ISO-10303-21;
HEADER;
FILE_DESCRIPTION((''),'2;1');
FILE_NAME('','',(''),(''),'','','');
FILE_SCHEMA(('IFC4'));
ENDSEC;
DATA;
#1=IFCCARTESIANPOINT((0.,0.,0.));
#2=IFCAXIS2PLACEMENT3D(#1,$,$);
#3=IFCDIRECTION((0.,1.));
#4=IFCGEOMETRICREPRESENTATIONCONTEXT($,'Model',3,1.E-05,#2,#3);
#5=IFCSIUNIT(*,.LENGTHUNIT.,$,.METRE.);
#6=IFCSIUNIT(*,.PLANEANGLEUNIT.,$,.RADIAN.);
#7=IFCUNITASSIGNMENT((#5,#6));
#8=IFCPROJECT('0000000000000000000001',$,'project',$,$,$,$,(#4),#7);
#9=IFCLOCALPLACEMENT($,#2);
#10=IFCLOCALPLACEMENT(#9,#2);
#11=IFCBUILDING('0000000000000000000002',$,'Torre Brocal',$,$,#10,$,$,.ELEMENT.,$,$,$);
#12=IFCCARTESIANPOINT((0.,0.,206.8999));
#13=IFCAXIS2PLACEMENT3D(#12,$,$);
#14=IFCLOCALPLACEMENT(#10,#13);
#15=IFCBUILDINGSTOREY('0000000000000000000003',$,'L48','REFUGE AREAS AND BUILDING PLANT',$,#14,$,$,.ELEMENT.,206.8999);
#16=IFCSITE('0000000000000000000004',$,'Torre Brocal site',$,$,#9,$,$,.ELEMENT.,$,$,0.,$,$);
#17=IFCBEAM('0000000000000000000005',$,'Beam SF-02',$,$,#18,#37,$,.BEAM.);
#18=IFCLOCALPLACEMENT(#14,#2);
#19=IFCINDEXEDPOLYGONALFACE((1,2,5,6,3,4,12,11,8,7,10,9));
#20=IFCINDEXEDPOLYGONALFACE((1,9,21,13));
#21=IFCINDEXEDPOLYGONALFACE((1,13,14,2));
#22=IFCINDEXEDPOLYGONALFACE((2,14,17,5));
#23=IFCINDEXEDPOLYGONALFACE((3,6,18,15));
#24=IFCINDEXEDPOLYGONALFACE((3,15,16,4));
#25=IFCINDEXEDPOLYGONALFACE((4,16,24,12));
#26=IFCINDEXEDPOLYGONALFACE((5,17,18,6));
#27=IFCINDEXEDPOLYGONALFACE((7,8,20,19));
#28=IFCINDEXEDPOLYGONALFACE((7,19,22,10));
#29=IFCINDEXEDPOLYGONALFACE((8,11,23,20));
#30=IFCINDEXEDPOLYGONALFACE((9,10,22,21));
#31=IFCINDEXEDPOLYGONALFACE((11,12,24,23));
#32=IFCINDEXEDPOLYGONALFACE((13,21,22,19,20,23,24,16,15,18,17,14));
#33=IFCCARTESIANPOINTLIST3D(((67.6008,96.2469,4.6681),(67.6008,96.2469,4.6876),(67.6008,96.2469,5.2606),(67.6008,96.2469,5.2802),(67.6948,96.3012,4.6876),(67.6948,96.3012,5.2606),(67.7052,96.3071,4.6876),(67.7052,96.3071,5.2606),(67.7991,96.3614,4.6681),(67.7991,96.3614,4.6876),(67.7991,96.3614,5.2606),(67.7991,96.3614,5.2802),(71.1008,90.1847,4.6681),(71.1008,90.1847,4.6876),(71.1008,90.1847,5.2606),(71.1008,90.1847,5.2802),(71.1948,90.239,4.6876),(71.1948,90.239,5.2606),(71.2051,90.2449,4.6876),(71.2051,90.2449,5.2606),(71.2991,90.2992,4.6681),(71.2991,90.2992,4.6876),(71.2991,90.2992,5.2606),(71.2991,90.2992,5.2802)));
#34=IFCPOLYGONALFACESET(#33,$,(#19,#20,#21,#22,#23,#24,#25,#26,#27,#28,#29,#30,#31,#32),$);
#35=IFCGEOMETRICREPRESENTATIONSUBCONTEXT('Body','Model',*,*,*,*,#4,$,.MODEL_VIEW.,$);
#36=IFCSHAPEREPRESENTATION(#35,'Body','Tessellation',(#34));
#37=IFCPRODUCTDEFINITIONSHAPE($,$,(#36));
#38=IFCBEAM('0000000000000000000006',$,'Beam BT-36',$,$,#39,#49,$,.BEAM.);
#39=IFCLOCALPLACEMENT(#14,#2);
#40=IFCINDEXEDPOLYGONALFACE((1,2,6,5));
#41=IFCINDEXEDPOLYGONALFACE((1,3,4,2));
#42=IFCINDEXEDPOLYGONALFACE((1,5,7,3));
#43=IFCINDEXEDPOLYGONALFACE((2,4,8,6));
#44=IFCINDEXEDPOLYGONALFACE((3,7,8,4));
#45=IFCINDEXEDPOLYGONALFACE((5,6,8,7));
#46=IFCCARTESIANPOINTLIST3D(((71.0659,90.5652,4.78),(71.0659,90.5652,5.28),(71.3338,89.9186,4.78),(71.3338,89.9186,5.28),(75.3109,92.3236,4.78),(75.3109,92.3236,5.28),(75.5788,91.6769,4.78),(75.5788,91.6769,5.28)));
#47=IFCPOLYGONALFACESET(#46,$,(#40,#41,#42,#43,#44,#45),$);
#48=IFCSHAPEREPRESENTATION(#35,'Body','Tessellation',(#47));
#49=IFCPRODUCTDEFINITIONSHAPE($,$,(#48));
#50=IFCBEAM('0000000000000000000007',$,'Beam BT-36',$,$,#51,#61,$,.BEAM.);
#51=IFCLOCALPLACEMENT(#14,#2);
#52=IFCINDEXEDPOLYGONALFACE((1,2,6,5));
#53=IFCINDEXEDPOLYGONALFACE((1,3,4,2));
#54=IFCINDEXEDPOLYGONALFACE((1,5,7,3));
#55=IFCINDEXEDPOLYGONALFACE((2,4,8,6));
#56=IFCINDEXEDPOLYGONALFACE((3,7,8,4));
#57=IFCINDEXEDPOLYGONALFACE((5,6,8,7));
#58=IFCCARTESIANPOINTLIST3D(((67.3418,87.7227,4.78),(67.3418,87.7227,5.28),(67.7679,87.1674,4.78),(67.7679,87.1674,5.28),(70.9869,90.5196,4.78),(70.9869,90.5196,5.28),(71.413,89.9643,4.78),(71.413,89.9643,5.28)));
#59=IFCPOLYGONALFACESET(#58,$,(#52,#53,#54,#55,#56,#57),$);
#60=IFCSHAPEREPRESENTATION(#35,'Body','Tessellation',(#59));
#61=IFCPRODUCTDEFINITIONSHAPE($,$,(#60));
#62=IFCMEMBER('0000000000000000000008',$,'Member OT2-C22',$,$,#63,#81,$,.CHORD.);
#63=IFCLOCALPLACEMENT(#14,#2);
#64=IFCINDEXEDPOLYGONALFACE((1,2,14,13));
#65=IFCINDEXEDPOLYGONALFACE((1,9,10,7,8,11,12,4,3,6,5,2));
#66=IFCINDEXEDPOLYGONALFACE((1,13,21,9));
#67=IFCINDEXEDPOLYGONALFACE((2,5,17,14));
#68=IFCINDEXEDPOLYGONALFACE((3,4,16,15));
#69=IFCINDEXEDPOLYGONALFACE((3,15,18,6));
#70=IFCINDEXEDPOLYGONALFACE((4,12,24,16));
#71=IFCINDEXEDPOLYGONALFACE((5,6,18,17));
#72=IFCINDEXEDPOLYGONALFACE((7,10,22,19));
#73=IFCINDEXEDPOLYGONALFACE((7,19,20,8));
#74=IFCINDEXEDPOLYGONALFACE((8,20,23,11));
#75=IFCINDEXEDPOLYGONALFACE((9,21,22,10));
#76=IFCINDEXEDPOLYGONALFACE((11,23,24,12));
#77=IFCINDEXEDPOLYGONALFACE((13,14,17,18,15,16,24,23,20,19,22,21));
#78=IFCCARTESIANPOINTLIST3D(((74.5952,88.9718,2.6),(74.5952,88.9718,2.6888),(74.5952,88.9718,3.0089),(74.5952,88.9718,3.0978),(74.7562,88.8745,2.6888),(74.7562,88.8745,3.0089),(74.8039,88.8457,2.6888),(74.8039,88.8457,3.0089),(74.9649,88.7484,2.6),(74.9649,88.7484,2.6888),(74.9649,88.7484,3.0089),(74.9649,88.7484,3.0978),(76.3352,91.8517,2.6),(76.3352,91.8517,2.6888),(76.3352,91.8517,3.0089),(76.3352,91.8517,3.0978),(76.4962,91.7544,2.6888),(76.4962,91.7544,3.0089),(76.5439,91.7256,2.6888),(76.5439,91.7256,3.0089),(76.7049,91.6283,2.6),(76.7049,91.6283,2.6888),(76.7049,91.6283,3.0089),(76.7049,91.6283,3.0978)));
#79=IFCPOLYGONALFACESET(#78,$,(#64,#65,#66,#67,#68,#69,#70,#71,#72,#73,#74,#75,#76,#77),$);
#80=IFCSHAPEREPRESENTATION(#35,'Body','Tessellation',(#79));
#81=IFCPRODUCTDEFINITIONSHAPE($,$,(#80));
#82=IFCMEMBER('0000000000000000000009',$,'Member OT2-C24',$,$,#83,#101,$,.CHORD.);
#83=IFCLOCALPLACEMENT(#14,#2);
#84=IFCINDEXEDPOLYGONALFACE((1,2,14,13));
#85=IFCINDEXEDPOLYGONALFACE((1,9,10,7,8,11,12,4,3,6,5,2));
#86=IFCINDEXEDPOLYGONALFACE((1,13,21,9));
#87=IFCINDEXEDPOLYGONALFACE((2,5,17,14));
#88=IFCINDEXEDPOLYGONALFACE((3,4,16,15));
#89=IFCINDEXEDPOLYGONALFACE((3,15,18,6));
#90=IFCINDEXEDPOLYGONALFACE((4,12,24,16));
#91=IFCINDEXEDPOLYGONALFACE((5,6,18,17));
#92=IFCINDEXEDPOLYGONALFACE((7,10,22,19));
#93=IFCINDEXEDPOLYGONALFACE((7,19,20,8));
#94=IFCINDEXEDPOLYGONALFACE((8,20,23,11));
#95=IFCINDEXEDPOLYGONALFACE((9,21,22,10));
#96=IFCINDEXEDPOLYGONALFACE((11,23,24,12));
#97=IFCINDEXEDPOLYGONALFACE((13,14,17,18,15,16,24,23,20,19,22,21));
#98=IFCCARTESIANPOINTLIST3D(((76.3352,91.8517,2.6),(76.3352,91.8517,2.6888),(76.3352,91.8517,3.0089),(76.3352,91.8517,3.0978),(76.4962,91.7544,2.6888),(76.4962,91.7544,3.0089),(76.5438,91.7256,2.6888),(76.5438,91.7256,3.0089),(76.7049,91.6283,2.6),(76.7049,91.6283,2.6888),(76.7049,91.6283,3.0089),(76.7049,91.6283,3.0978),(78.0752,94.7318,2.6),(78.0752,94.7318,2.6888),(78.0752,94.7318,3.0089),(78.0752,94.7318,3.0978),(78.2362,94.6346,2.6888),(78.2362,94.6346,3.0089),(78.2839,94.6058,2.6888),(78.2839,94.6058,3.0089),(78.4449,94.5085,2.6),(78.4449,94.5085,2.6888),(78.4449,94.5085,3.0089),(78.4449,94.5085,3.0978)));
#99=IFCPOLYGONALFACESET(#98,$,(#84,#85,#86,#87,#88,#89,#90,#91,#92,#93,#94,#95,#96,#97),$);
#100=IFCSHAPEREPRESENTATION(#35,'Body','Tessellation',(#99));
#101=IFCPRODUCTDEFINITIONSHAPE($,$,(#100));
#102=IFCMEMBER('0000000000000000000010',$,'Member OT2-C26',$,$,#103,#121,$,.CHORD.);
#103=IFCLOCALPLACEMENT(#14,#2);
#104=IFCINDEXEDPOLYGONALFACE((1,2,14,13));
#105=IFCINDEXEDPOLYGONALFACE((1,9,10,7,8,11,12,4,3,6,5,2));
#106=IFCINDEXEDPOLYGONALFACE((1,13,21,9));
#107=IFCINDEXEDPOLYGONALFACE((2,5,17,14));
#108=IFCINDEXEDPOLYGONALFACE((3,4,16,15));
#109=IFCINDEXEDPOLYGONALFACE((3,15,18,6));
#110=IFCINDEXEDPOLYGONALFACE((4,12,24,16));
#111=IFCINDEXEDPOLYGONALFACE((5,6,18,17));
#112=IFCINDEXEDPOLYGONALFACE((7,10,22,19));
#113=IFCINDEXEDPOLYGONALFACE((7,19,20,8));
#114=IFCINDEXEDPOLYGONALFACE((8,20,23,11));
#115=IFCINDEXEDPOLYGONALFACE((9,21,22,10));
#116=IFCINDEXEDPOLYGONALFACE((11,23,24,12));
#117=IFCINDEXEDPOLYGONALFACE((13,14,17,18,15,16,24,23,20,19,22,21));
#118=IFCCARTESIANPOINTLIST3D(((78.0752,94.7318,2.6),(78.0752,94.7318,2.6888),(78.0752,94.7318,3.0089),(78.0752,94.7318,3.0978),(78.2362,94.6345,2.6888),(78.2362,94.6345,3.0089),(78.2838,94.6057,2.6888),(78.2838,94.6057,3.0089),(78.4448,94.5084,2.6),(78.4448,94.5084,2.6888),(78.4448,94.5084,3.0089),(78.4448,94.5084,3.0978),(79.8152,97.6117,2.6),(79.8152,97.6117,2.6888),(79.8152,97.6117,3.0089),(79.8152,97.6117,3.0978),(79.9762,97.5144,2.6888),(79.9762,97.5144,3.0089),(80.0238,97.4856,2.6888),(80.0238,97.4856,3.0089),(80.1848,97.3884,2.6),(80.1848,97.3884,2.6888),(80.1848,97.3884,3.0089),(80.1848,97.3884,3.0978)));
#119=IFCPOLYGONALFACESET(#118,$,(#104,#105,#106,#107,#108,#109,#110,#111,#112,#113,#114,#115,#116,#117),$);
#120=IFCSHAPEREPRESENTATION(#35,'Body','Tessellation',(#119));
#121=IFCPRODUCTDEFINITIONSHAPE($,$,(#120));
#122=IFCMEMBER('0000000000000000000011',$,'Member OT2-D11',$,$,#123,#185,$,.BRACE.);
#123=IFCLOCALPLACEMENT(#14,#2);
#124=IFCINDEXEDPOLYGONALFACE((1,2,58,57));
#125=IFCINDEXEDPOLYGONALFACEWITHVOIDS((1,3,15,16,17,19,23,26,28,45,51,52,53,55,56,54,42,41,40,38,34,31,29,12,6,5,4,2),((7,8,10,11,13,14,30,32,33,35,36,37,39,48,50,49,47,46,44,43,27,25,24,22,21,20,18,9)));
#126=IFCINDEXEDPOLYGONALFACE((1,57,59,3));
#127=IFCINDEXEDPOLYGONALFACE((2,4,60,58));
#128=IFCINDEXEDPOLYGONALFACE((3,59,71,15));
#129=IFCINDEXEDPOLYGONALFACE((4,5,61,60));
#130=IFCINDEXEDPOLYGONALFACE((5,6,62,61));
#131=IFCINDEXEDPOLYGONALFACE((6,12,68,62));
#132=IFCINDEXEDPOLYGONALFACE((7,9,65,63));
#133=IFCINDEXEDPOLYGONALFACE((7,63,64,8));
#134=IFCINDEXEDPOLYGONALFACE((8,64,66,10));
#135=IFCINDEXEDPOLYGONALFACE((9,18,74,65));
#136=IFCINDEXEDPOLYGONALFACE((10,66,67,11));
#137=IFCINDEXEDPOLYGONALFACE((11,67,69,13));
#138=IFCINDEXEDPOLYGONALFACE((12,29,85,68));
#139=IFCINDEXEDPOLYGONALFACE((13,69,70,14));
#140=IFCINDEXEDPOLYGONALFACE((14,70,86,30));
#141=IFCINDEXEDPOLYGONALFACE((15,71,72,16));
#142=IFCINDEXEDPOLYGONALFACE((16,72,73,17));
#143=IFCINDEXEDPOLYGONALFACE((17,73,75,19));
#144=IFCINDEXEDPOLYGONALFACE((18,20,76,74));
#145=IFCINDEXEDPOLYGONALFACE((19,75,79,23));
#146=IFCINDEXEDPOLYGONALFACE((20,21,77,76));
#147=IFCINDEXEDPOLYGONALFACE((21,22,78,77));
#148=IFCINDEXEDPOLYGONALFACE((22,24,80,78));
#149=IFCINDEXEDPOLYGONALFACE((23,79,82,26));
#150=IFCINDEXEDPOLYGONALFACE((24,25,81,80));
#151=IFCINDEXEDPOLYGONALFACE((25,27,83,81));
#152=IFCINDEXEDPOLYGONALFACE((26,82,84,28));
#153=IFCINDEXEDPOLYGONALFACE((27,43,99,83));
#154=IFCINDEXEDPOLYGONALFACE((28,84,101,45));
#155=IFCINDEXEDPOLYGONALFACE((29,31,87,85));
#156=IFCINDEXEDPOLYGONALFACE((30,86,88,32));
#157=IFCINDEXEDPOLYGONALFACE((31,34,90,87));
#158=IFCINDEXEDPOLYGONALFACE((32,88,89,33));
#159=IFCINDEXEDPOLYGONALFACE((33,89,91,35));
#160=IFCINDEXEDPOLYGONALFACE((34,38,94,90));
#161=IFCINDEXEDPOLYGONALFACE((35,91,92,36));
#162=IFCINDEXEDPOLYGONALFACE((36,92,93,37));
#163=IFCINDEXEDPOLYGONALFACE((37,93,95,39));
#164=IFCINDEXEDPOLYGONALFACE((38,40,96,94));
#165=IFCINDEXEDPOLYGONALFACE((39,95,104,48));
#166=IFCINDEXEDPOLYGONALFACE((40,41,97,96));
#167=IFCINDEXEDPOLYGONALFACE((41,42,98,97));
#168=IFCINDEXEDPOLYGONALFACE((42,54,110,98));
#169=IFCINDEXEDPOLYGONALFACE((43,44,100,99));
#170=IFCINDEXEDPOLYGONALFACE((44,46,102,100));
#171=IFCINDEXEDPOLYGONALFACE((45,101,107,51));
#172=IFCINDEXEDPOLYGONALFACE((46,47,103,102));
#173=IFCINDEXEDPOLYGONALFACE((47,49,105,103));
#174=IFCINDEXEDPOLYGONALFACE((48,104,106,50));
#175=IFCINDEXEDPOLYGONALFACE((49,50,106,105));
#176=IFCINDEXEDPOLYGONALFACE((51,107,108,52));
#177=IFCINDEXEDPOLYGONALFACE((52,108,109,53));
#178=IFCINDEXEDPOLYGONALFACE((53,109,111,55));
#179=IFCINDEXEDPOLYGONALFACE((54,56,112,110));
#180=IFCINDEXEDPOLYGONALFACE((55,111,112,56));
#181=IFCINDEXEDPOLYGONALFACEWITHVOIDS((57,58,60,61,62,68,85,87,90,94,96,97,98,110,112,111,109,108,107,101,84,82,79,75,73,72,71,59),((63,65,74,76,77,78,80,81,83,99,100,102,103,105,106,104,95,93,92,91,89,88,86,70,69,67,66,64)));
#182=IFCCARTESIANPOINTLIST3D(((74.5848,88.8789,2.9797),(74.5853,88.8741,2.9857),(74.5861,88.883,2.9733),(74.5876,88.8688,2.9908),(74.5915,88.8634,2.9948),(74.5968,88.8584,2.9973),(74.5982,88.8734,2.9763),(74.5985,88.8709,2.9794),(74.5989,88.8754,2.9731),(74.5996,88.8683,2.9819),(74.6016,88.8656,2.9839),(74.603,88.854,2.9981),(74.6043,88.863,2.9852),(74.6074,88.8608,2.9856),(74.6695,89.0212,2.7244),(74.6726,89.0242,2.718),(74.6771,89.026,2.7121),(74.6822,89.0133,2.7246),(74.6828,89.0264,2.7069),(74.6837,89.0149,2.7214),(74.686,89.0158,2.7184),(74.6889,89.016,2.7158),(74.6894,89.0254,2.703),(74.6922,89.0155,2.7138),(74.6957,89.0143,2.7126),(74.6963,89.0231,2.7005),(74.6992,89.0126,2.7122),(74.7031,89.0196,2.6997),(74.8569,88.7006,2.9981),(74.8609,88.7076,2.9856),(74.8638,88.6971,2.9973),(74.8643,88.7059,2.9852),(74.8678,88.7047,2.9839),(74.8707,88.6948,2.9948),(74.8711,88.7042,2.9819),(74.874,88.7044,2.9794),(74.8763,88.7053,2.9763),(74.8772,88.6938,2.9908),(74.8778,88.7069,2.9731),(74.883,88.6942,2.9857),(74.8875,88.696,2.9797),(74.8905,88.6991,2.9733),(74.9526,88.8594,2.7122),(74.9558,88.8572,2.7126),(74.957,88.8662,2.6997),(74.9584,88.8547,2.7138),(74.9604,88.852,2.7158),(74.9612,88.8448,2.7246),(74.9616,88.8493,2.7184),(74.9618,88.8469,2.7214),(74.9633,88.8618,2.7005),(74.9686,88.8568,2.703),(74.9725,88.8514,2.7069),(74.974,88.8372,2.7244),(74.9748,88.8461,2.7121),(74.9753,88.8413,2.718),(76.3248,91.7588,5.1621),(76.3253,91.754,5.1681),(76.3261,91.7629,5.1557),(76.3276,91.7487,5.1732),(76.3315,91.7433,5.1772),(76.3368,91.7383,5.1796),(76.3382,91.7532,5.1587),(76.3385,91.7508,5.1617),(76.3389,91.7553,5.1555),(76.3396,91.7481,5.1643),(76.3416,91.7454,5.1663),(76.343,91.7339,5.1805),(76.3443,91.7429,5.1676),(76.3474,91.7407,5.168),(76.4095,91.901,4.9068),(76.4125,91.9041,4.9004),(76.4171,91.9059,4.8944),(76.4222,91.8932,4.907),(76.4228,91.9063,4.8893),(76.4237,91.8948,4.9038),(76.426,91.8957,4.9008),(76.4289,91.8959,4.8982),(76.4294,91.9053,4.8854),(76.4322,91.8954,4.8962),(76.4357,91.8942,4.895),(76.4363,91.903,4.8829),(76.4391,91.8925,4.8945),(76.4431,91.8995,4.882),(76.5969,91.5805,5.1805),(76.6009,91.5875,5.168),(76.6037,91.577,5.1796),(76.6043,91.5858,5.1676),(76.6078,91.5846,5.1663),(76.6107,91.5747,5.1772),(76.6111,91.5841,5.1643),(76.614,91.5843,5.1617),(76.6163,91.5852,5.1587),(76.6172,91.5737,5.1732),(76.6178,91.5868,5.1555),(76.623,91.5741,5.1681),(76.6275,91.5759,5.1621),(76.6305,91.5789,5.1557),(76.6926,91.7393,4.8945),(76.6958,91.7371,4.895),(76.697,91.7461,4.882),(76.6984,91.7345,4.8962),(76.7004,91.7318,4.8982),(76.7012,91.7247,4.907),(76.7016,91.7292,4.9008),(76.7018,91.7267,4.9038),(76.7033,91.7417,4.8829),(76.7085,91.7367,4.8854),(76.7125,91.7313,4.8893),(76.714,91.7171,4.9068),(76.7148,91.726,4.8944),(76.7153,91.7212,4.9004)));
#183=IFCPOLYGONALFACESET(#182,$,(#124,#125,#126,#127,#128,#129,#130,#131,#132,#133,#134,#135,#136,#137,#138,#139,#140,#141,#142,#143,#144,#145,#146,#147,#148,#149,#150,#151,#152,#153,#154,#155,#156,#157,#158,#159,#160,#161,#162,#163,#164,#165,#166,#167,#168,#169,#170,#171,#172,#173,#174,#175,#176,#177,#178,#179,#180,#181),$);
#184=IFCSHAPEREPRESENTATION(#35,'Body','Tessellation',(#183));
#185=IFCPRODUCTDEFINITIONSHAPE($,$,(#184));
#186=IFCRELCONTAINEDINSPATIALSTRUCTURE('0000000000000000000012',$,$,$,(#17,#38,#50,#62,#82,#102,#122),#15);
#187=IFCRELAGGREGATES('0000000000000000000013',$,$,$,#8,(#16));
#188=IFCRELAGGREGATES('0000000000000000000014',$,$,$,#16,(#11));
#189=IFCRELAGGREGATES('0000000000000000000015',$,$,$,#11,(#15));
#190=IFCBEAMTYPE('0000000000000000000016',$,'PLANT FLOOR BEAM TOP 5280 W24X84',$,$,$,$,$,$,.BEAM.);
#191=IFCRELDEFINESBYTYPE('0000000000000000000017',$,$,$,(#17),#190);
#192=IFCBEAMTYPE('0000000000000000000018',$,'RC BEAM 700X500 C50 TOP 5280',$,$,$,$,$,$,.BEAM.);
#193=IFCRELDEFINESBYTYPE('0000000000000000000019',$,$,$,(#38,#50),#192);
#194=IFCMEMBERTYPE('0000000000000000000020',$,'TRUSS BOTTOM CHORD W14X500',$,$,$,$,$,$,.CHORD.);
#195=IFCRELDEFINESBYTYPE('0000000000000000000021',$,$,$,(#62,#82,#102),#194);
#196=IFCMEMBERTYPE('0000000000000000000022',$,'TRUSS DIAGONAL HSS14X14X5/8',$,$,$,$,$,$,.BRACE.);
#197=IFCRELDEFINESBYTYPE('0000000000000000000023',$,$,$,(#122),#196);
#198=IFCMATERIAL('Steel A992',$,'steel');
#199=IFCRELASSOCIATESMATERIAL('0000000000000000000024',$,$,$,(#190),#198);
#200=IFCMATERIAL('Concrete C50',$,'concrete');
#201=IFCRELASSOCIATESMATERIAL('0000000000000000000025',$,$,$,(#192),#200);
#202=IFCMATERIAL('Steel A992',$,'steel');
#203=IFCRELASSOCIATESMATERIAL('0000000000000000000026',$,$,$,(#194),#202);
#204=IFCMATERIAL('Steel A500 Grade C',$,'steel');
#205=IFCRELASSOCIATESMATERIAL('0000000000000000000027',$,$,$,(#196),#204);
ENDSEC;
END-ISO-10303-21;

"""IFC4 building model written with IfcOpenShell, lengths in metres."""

from ifc_helpers import new_model, si_unit, direction, frame, origin, origin_2d, place, context, subcontext, project, spatial, rectangle, hollow_rectangle, i_section, extrude, material, material_profile, profile_set, type_object, element, save


model = new_model("IFC4")

# Units and contexts
model_context = context("Model", 3, precision=1e-05, world=origin(), true_north=direction((0.0, 1.0)))
body_context = subcontext(model_context, "Body", "Model", "MODEL_VIEW")
ifc_project = project(units=[si_unit("LENGTHUNIT", "METRE"), si_unit("PLANEANGLEUNIT", "RADIAN")], contexts=[model_context])

# Site, building, storey
site_placement = place(None, origin())
site = spatial("IfcSite", under=ifc_project, at=site_placement, Name="Torre Brocal site", CompositionType="ELEMENT", RefElevation=0.0)
building_placement = place(site_placement, origin())
building = spatial("IfcBuilding", under=site, at=building_placement, Name="Torre Brocal", CompositionType="ELEMENT")
storey_placement = place(building_placement, frame((0.0, 0.0, 206.8999)))
storey = spatial("IfcBuildingStorey", under=building, at=storey_placement, Name="L48", Description="REFUGE AREAS AND BUILDING PLANT", CompositionType="ELEMENT", Elevation=206.8999)

# Beams
ifc_material_1 = material(Name="Steel A992", Category="steel")
ifc_material_profile_1 = material_profile(ifc_material_1, i_section(OverallWidth=0.229, OverallDepth=0.6121, WebThickness=0.012, FlangeThickness=0.0195, at=origin_2d()), Name="W24X84")
ifc_profile_set_1 = profile_set([ifc_material_profile_1], Name="Steel A992")
beam_type_1 = type_object("IfcBeamType", Name="PLANT FLOOR BEAM TOP 5280 W24X84", PredefinedType="BEAM", material=ifc_profile_set_1)
for number, where, z_axis, x_axis, name in (
    (1, (71.2, 90.2419, 4.9741), (-0.499995, 0.866028, 0.0), (-0.866028, -0.499995, 0.0), "Beam SF-02"),
):
    element("IfcBeam", number, at=place(storey_placement, frame(where, z_axis=z_axis, x_axis=x_axis)), inside=storey, type_object=beam_type_1, Name=name, PredefinedType="BEAM", context=body_context, shape_type="SweptSolid", body=[
        extrude(i_section(OverallWidth=0.229, OverallDepth=0.6121, WebThickness=0.012, FlangeThickness=0.0195, at=origin_2d()), origin(), (0.0, 0.0, 1.0), 7.0),
    ])
ifc_material_2 = material(Name="Concrete C50", Category="concrete")
ifc_material_profile_2 = material_profile(ifc_material_2, rectangle(XDim=0.7, YDim=0.5, at=origin_2d()), Name="RC 700X500")
ifc_profile_set_2 = profile_set([ifc_material_profile_2], Name="Concrete C50")
beam_type_2 = type_object("IfcBeamType", Name="RC BEAM 700X500 C50 TOP 5280", PredefinedType="BEAM", material=ifc_profile_set_2)
beam_1_placement = place(storey_placement, frame((75.4448, 92.0002, 5.03), z_axis=(-0.923878, -0.382687, 0.0), x_axis=(0.382687, -0.923878, 0.0)))
element("IfcBeam", 2, at=beam_1_placement, inside=storey, type_object=beam_type_2, Name="Beam BT-36", PredefinedType="BEAM", context=body_context, shape_type="SweptSolid", body=[
    extrude(rectangle(XDim=0.7, YDim=0.5, at=origin_2d()), origin(), (0.0, 0.0, 1.0), 4.5947),
])
beam_2_placement = place(storey_placement, frame((71.2, 90.2419, 5.03), z_axis=(-0.793358, -0.608755, 0.0), x_axis=(0.608755, -0.793358, 0.0)))
element("IfcBeam", 3, at=beam_2_placement, inside=storey, type_object=beam_type_2, Name="Beam BT-36", PredefinedType="BEAM", context=body_context, shape_type="SweptSolid", body=[
    extrude(rectangle(XDim=0.7, YDim=0.5, at=origin_2d()), origin(), (0.0, 0.0, 1.0), 4.5945),
])

# Members
ifc_material_3 = material(Name="Steel A992", Category="steel")
ifc_material_profile_3 = material_profile(ifc_material_3, i_section(OverallWidth=0.4319, OverallDepth=0.4978, WebThickness=0.0557, FlangeThickness=0.0889, at=origin_2d()), Name="W14X500")
ifc_profile_set_3 = profile_set([ifc_material_profile_3], Name="Steel A992")
member_type_1 = type_object("IfcMemberType", Name="TRUSS BOTTOM CHORD W14X500", PredefinedType="CHORD", material=ifc_profile_set_3)
member_1_placement = place(storey_placement, frame((74.78, 88.8601, 2.8489), z_axis=(0.517129, 0.855908, 0.0), x_axis=(-0.855908, 0.517129, 0.0)))
element("IfcMember", 4, at=member_1_placement, inside=storey, type_object=member_type_1, Name="Member OT2-C22", PredefinedType="CHORD", context=body_context, shape_type="SweptSolid", body=[
    extrude(i_section(OverallWidth=0.4319, OverallDepth=0.4978, WebThickness=0.0557, FlangeThickness=0.0889, at=origin_2d()), origin(), (0.0, 0.0, 1.0), 3.3647),
])
member_2_placement = place(storey_placement, frame((76.52, 91.74, 2.8489), z_axis=(0.517097, 0.855927, 0.0), x_axis=(-0.855927, 0.517097, 0.0)))
element("IfcMember", 5, at=member_2_placement, inside=storey, type_object=member_type_1, Name="Member OT2-C24", PredefinedType="CHORD", context=body_context, shape_type="SweptSolid", body=[
    extrude(i_section(OverallWidth=0.4319, OverallDepth=0.4978, WebThickness=0.0557, FlangeThickness=0.0889, at=origin_2d()), origin(), (0.0, 0.0, 1.0), 3.365),
])
member_3_placement = place(storey_placement, frame((78.26, 94.6201, 2.8489), z_axis=(0.517129, 0.855908, 0.0), x_axis=(-0.855908, 0.517129, 0.0)))
element("IfcMember", 6, at=member_3_placement, inside=storey, type_object=member_type_1, Name="Member OT2-C26", PredefinedType="CHORD", context=body_context, shape_type="SweptSolid", body=[
    extrude(i_section(OverallWidth=0.4319, OverallDepth=0.4978, WebThickness=0.0557, FlangeThickness=0.0889, at=origin_2d()), origin(), (0.0, 0.0, 1.0), 3.3647),
])
ifc_material_4 = material(Name="Steel A500 Grade C", Category="steel")
ifc_material_profile_4 = material_profile(ifc_material_4, hollow_rectangle(XDim=0.3557, YDim=0.3557, WallThickness=0.0149, InnerFilletRadius=0.0149, OuterFilletRadius=0.0295, at=origin_2d()), Name="HSS14X14X5/8")
ifc_profile_set_4 = profile_set([ifc_material_profile_4], Name="Steel A500 Grade C")
member_type_2 = type_object("IfcMemberType", Name="TRUSS DIAGONAL HSS14X14X5/8", PredefinedType="BRACE", material=ifc_profile_set_4)
member_4_placement = place(storey_placement, frame((74.78, 88.8601, 2.8489), z_axis=(0.43386, 0.718087, 0.544166), x_axis=(-0.855908, 0.517129, 0.0)))
element("IfcMember", 7, at=member_4_placement, inside=storey, type_object=member_type_2, Name="Member OT2-D11", PredefinedType="BRACE", context=body_context, shape_type="SweptSolid", body=[
    extrude(hollow_rectangle(XDim=0.3557, YDim=0.3557, WallThickness=0.0149, InnerFilletRadius=0.0149, OuterFilletRadius=0.0295, at=origin_2d()), origin(), (0.0, 0.0, 1.0), 4.0105),
])

save(model, "model.ifc")
